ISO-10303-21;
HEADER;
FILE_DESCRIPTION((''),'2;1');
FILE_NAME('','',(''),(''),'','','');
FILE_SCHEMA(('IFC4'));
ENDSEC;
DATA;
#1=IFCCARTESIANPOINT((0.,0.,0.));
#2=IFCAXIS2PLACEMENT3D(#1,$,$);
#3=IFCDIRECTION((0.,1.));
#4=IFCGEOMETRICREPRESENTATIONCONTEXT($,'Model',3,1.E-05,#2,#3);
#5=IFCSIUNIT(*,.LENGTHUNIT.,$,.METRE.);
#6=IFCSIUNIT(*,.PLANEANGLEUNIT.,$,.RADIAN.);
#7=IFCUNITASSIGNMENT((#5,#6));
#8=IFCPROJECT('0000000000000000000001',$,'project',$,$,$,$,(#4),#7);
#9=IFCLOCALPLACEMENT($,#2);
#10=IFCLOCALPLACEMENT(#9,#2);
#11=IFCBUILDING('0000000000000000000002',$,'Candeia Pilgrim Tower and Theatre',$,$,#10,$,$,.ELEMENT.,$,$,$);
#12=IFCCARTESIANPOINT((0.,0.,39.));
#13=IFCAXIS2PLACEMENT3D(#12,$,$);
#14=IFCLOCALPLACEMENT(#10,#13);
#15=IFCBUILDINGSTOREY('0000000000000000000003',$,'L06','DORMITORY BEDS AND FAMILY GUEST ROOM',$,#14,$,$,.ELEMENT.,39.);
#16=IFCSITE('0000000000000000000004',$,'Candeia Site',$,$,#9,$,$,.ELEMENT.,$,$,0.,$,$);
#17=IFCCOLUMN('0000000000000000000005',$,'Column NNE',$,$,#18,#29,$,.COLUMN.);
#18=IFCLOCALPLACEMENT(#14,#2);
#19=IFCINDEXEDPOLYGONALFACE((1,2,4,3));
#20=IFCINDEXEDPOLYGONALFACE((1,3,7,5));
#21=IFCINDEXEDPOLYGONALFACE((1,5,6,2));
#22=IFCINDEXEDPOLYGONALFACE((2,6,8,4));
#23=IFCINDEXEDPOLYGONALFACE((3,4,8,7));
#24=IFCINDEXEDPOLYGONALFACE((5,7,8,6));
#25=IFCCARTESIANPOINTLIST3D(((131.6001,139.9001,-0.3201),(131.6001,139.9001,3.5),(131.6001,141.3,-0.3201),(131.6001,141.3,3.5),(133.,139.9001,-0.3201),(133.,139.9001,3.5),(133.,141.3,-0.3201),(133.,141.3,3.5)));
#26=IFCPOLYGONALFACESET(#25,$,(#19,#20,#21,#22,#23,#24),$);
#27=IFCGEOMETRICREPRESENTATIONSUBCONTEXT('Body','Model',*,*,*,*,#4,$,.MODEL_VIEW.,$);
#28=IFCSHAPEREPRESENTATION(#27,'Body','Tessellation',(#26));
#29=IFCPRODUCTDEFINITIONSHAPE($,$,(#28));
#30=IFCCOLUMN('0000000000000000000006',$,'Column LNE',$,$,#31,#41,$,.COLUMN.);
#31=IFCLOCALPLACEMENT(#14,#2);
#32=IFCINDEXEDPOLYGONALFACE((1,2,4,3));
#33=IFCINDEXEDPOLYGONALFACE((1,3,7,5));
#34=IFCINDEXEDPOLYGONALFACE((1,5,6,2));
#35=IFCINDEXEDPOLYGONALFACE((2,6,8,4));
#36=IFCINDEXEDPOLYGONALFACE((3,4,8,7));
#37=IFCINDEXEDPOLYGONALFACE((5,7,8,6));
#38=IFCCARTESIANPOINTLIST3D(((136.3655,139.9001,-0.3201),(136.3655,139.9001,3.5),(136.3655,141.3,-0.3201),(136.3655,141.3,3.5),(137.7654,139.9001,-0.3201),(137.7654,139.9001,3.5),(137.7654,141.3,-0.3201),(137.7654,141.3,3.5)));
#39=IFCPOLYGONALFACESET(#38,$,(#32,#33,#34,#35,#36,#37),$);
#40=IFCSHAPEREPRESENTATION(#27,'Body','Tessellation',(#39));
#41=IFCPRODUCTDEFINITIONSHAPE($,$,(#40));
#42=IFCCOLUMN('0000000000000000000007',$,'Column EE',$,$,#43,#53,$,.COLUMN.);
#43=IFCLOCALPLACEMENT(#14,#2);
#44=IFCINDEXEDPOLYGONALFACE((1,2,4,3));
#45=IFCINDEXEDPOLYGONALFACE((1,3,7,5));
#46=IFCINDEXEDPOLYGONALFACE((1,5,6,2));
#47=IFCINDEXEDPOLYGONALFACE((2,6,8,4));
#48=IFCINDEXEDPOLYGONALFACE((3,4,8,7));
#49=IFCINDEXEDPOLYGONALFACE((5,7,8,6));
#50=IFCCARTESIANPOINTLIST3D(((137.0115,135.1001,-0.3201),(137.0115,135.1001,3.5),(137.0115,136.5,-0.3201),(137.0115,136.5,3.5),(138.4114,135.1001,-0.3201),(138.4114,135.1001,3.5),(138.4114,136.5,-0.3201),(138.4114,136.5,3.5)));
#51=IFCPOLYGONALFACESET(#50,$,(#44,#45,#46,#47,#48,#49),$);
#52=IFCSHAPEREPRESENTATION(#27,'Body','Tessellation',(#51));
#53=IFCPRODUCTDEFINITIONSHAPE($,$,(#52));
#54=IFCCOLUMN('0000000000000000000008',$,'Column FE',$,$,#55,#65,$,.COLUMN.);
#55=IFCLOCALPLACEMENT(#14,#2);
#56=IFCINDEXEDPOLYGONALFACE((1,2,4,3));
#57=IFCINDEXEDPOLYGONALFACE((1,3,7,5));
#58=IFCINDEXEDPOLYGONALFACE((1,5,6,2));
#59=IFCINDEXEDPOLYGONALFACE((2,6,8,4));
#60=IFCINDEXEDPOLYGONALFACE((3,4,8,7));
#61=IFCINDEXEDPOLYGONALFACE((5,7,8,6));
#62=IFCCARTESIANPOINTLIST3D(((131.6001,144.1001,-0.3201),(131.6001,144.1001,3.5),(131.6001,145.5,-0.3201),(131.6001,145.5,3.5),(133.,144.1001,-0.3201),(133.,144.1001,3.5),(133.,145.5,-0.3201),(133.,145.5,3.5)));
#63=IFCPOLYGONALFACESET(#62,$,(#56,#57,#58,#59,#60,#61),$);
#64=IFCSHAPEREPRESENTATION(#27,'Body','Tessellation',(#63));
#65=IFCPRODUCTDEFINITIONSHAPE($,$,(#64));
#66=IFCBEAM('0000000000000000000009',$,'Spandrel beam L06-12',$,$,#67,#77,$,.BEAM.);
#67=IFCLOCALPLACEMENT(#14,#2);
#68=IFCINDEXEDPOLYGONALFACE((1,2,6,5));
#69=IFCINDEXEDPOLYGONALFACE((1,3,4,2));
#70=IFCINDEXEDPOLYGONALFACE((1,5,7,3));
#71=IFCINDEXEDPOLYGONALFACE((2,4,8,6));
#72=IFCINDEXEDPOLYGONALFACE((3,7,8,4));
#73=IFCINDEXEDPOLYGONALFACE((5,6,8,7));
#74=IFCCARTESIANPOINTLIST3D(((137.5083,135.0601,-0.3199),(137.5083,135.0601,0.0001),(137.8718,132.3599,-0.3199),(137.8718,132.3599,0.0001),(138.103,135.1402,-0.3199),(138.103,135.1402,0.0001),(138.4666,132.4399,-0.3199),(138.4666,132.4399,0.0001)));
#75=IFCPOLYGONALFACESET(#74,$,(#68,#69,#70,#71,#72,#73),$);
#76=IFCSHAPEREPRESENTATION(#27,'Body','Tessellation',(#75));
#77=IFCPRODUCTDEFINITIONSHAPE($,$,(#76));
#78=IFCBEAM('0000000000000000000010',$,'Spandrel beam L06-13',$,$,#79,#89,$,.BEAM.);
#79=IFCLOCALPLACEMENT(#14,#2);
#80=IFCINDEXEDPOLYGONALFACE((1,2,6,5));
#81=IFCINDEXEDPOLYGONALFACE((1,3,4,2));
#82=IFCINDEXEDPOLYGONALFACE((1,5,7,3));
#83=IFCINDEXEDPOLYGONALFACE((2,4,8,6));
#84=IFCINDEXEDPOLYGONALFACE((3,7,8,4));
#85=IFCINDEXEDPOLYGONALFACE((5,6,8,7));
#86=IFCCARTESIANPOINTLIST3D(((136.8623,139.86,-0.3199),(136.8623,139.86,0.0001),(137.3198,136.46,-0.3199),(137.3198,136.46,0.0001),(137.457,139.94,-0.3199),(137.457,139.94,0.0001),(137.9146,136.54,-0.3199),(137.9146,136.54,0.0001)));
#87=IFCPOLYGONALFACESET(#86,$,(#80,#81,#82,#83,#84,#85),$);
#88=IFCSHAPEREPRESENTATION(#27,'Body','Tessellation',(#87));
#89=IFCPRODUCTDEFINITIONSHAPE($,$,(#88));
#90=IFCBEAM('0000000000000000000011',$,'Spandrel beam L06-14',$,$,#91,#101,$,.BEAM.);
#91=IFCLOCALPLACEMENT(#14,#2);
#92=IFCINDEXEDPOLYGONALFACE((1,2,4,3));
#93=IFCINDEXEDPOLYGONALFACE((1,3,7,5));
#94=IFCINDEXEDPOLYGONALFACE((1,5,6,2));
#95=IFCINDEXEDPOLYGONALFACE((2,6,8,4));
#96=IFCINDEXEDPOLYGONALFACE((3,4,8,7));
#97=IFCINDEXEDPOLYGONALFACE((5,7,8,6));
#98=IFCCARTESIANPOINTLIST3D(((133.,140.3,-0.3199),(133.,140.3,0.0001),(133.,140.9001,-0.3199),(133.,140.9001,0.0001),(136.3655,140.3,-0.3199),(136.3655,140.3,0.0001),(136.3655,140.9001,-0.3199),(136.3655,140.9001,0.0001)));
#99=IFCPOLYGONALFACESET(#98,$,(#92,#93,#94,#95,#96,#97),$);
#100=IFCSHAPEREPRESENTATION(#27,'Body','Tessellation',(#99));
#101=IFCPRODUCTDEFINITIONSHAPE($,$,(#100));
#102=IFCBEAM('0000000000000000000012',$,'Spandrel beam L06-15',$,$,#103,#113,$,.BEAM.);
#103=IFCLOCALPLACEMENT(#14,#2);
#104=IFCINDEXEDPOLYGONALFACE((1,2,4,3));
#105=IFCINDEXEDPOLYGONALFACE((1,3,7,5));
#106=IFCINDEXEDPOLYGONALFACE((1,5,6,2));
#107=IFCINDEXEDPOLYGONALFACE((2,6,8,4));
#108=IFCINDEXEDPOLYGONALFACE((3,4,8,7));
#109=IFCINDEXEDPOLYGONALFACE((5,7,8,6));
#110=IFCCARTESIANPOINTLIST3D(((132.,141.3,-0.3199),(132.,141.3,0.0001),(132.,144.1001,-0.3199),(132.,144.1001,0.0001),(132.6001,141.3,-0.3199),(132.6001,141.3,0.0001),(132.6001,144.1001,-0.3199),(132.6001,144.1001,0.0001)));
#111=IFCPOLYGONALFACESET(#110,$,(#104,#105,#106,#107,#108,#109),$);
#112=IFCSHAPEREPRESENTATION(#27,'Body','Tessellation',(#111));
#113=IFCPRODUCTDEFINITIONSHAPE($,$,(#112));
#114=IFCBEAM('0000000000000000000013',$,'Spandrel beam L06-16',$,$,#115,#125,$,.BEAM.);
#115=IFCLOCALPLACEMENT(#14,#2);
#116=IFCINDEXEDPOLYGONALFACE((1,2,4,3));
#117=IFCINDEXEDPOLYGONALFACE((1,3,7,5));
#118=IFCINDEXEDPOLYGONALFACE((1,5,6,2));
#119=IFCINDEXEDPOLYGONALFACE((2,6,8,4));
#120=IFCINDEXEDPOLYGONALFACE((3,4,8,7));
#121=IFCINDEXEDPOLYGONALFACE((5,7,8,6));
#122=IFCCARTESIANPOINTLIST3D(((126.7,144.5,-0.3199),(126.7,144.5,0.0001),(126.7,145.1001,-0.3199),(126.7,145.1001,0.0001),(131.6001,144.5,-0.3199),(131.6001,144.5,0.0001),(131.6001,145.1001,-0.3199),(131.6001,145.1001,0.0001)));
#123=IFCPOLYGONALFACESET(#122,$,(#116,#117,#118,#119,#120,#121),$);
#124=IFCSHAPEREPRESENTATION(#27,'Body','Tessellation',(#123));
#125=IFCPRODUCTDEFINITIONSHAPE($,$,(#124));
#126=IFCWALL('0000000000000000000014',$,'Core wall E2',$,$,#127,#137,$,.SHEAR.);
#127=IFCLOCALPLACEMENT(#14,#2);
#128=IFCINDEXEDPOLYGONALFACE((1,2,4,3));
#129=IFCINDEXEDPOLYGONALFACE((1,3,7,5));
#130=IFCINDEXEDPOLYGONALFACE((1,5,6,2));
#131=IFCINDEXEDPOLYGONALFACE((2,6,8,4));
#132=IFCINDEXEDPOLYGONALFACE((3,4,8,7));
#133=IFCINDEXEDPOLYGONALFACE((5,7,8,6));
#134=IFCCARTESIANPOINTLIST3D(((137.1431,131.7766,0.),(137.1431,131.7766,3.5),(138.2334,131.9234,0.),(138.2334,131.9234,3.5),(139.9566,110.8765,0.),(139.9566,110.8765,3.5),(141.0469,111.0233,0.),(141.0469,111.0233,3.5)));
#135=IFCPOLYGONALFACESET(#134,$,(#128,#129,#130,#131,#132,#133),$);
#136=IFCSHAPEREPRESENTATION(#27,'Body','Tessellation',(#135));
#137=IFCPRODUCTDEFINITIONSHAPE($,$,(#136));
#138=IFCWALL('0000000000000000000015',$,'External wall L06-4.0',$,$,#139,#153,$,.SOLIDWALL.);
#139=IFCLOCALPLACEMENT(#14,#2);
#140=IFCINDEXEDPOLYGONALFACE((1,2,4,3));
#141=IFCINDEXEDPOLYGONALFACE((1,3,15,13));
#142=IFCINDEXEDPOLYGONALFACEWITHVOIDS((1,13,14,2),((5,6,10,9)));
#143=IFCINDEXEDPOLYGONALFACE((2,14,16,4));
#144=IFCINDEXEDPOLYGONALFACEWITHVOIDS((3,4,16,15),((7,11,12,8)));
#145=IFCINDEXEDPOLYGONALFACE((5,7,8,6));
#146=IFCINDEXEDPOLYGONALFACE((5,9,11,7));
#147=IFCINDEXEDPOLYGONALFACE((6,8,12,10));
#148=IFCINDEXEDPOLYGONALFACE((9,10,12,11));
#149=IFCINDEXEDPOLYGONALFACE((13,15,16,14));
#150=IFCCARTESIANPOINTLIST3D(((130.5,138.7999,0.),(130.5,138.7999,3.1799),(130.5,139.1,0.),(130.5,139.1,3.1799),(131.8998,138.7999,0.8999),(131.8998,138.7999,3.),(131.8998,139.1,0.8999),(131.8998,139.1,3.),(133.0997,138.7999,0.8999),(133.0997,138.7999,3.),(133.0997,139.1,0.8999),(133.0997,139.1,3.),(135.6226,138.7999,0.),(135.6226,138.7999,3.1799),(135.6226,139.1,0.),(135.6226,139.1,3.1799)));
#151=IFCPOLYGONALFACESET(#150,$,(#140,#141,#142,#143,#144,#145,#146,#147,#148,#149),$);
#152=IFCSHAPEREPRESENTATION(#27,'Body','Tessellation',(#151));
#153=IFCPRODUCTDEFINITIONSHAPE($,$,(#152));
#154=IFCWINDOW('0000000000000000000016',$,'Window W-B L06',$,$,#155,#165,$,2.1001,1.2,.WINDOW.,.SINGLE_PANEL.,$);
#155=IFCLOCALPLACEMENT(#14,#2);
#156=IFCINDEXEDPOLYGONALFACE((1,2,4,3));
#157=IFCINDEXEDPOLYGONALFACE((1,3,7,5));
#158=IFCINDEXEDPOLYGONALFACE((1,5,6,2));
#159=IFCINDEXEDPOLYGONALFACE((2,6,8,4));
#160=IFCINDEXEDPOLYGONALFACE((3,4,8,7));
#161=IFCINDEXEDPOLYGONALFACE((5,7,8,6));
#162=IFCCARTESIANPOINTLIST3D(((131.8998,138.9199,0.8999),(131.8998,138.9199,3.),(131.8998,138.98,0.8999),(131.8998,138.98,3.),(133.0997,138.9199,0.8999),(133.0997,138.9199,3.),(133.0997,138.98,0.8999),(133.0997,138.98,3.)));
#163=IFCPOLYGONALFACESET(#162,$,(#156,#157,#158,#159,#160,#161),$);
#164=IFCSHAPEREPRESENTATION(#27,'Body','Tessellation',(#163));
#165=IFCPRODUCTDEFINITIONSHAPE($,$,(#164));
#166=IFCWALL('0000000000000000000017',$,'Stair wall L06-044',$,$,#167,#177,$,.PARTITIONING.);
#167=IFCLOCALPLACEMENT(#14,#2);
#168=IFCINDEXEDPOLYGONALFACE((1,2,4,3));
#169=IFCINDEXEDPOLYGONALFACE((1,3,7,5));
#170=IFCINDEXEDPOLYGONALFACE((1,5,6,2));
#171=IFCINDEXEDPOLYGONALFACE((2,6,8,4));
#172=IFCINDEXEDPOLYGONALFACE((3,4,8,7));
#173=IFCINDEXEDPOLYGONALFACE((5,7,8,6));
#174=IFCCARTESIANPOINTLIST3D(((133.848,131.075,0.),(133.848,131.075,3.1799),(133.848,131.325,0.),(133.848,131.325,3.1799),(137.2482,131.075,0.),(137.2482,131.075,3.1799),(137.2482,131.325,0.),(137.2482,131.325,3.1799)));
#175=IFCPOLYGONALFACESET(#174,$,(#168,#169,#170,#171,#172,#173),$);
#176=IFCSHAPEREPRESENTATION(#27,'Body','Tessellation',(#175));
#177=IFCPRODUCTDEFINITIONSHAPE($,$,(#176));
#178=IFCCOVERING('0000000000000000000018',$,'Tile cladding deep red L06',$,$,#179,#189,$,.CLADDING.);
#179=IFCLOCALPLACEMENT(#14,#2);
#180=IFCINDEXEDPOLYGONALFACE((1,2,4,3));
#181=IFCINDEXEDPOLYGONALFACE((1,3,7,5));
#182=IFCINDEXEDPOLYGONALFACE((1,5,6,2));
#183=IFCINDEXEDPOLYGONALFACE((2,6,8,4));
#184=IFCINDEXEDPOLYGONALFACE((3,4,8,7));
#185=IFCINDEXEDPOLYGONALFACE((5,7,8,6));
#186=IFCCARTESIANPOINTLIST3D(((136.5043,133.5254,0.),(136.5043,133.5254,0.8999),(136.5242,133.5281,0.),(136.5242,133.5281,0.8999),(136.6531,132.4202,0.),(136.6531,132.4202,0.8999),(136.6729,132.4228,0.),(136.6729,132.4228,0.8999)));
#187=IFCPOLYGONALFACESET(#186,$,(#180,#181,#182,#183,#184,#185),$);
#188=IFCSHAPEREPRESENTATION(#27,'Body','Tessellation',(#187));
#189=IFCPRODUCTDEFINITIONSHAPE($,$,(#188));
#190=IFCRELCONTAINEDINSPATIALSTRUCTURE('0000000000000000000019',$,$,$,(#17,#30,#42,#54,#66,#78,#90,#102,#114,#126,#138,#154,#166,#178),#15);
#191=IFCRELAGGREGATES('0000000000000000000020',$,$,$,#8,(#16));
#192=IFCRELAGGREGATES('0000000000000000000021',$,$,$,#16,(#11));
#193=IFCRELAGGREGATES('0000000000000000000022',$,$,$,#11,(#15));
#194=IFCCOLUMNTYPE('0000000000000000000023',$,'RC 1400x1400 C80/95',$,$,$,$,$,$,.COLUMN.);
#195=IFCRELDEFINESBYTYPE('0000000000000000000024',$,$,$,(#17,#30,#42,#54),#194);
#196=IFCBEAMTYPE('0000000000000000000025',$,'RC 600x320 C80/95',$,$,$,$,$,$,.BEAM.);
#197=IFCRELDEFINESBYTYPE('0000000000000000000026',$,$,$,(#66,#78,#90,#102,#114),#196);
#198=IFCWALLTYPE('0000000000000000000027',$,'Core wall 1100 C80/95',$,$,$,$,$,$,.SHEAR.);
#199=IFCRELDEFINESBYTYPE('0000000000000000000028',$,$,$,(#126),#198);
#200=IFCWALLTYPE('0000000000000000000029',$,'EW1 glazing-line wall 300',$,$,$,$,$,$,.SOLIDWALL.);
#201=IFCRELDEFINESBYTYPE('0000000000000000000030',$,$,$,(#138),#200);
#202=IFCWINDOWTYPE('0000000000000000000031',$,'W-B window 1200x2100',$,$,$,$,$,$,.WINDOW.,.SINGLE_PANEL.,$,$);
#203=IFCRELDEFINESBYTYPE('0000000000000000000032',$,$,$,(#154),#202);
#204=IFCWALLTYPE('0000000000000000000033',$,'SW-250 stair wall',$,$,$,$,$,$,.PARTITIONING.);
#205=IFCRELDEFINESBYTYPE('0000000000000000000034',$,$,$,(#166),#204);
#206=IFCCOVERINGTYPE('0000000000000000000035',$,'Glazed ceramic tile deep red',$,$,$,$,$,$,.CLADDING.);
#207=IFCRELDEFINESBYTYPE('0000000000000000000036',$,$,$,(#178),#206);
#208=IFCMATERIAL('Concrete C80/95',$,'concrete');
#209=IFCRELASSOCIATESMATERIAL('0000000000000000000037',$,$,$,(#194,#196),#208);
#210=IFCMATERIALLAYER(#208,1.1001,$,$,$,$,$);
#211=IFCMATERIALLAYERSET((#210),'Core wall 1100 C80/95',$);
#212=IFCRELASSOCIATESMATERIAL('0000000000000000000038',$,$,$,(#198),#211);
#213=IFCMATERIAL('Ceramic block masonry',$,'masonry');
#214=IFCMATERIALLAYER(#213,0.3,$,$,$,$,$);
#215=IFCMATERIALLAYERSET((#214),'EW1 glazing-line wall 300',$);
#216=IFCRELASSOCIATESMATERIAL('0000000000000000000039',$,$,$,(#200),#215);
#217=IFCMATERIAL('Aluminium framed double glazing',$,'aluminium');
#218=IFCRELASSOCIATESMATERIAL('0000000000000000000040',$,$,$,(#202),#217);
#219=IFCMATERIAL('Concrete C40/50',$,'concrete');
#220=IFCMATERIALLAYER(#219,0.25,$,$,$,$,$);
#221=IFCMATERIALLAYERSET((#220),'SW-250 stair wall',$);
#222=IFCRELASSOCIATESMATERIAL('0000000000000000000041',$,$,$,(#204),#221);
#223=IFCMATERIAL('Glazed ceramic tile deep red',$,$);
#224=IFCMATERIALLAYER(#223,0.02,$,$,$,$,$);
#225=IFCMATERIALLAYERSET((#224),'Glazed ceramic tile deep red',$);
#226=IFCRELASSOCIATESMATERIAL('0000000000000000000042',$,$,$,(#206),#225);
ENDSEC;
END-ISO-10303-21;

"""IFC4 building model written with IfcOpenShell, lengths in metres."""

from ifc_helpers import new_model, si_unit, direction, frame, frame_2d, origin, origin_2d, place, context, subcontext, project, spatial, rectangle, extrude, material, layer, layer_set, material_profile, profile_set, type_object, element, fill, save


model = new_model("IFC4")

# Units and contexts
model_context = context("Model", 3, precision=1e-05, world=origin(), true_north=direction((0.0, 1.0)))
body_context = subcontext(model_context, "Body", "Model", "MODEL_VIEW")
ifc_project = project(units=[si_unit("LENGTHUNIT", "METRE"), si_unit("PLANEANGLEUNIT", "RADIAN")], contexts=[model_context])

# Site, building, storey
site_placement = place(None, origin())
site = spatial("IfcSite", under=ifc_project, at=site_placement, Name="Candeia Site", CompositionType="ELEMENT", RefElevation=0.0)
building_placement = place(site_placement, origin())
building = spatial("IfcBuilding", under=site, at=building_placement, Name="Candeia Pilgrim Tower and Theatre", CompositionType="ELEMENT")
storey_placement = place(building_placement, frame((0.0, 0.0, 39.0)))
storey = spatial("IfcBuildingStorey", under=building, at=storey_placement, Name="L06", Description="DORMITORY BEDS AND FAMILY GUEST ROOM", CompositionType="ELEMENT", Elevation=39.0)

# Columns
ifc_material_1 = material(Name="Concrete C80/95", Category="concrete")
ifc_material_profile_1 = material_profile(ifc_material_1, rectangle(XDim=1.3999, YDim=1.3999, at=origin_2d()))
ifc_profile_set_1 = profile_set([ifc_material_profile_1], Name="Concrete C80/95")
column_type = type_object("IfcColumnType", Name="RC 1400x1400 C80/95", PredefinedType="COLUMN", material=ifc_profile_set_1)
for number, where, z_axis, x_axis, name in (
    (1, (132.3, 140.6001, -0.3201), (0.0, 0.0, 1.0), (1.0, 0.0, 0.0), "Column NNE"),
    (2, (137.0654, 140.6001, -0.3201), (0.0, 0.0, 1.0), (1.0, 0.0, 0.0), "Column LNE"),
    (3, (137.7114, 135.8, -0.3201), (0.0, 0.0, 1.0), (1.0, 0.0, 0.0), "Column EE"),
    (4, (132.3, 144.8, -0.3201), (0.0, 0.0, 1.0), (1.0, 0.0, 0.0), "Column FE"),
):
    element("IfcColumn", number, at=place(storey_placement, frame(where, z_axis=z_axis, x_axis=x_axis)), inside=storey, type_object=column_type, Name=name, PredefinedType="COLUMN", context=body_context, shape_type="SweptSolid", body=[
        extrude(rectangle(XDim=1.3999, YDim=1.3999, at=origin_2d()), origin(), (0.0, 0.0, 1.0), 3.8201),
    ])

# Beams
ifc_material_profile_2 = material_profile(ifc_material_1, rectangle(XDim=0.6001, YDim=0.3201, at=origin_2d()))
ifc_profile_set_2 = profile_set([ifc_material_profile_2], Name="Concrete C80/95")
beam_type = type_object("IfcBeamType", Name="RC 600x320 C80/95", PredefinedType="BEAM", material=ifc_profile_set_2)
beam_1_placement = place(storey_placement, frame((138.1692, 132.3999, -0.1599), z_axis=(-0.133426, 0.991059, 0.0), x_axis=(-0.991059, -0.133426, 0.0)))
element("IfcBeam", 5, at=beam_1_placement, inside=storey, type_object=beam_type, Name="Spandrel beam L06-12", PredefinedType="BEAM", context=body_context, shape_type="SweptSolid", body=[
    extrude(rectangle(XDim=0.6001, YDim=0.3201, at=origin_2d()), origin(), (0.0, 0.0, 1.0), 2.7246),
])
beam_2_placement = place(storey_placement, frame((137.6172, 136.5, -0.1599), z_axis=(-0.133366, 0.991067, 0.0), x_axis=(-0.991067, -0.133366, 0.0)))
element("IfcBeam", 6, at=beam_2_placement, inside=storey, type_object=beam_type, Name="Spandrel beam L06-13", PredefinedType="BEAM", context=body_context, shape_type="SweptSolid", body=[
    extrude(rectangle(XDim=0.6001, YDim=0.3201, at=origin_2d()), origin(), (0.0, 0.0, 1.0), 3.4307),
])
beam_3_placement = place(storey_placement, frame((136.3655, 140.6001, -0.1599), z_axis=(-1.0, 0.0, 0.0), x_axis=(0.0, -1.0, 0.0)))
element("IfcBeam", 7, at=beam_3_placement, inside=storey, type_object=beam_type, Name="Spandrel beam L06-14", PredefinedType="BEAM", context=body_context, shape_type="SweptSolid", body=[
    extrude(rectangle(XDim=0.6001, YDim=0.3201, at=origin_2d()), origin(), (0.0, 0.0, 1.0), 3.3655),
])
beam_4_placement = place(storey_placement, frame((132.3, 141.3, -0.1599), z_axis=(0.0, 1.0, 0.0), x_axis=(-1.0, 0.0, 0.0)))
element("IfcBeam", 8, at=beam_4_placement, inside=storey, type_object=beam_type, Name="Spandrel beam L06-15", PredefinedType="BEAM", context=body_context, shape_type="SweptSolid", body=[
    extrude(rectangle(XDim=0.6001, YDim=0.3201, at=origin_2d()), origin(), (0.0, 0.0, 1.0), 2.8),
])
beam_5_placement = place(storey_placement, frame((131.6001, 144.8, -0.1599), z_axis=(-1.0, 0.0, 0.0), x_axis=(0.0, -1.0, 0.0)))
element("IfcBeam", 9, at=beam_5_placement, inside=storey, type_object=beam_type, Name="Spandrel beam L06-16", PredefinedType="BEAM", context=body_context, shape_type="SweptSolid", body=[
    extrude(rectangle(XDim=0.6001, YDim=0.3201, at=origin_2d()), origin(), (0.0, 0.0, 1.0), 4.9001),
])

# Wall
ifc_layer_1 = layer(ifc_material_1, 1.1001)
ifc_layer_set_1 = layer_set([ifc_layer_1], Name="Core wall 1100 C80/95")
wall_type_1 = type_object("IfcWallType", Name="Core wall 1100 C80/95", PredefinedType="SHEAR", material=ifc_layer_set_1)
wall_1_placement = place(storey_placement, frame((137.6882, 131.8501, 0.0), z_axis=(0.0, 0.0, 1.0), x_axis=(0.133412, -0.991061, 0.0)))
element("IfcWall", 10, at=wall_1_placement, inside=storey, type_object=wall_type_1, Name="Core wall E2", PredefinedType="SHEAR", context=body_context, shape_type="SweptSolid", body=[
    extrude(rectangle(XDim=21.0886, YDim=1.1001, at=frame_2d((10.5444, 0.0))), origin(), (0.0, 0.0, 1.0), 3.5),
])

# Shared definitions
ifc_material_2 = material(Name="Ceramic block masonry", Category="masonry")
ifc_layer_2 = layer(ifc_material_2, 0.3)
ifc_layer_set_2 = layer_set([ifc_layer_2], Name="EW1 glazing-line wall 300")
wall_type_2 = type_object("IfcWallType", Name="EW1 glazing-line wall 300", PredefinedType="SOLIDWALL", material=ifc_layer_set_2)
ifc_material_3 = material(Name="Aluminium framed double glazing", Category="aluminium")

# Wall, opening, window
wall_2_placement = place(storey_placement, frame((135.6226, 138.95, 0.0), z_axis=(0.0, 0.0, 1.0), x_axis=(-1.0, 0.0, 0.0)))
wall_2 = element("IfcWall", 11, at=wall_2_placement, inside=storey, type_object=wall_type_2, Name="External wall L06-4.0", PredefinedType="SOLIDWALL", context=body_context, shape_type="SweptSolid", body=[
    extrude(rectangle(XDim=5.1226, YDim=0.3, at=frame_2d((2.5613, 0.0))), origin(), (0.0, 0.0, 1.0), 3.1799),
])
opening_1_placement = place(wall_2_placement, frame((2.5227, 0.0, 0.8999)))
opening_1 = element("IfcOpeningElement", 12, at=opening_1_placement, cuts=wall_2, PredefinedType="OPENING", context=body_context, shape_type="SweptSolid", body=[
    extrude(rectangle(XDim=1.2, YDim=2.1001, at=frame_2d((0.6001, 1.05))), frame((0.0, 0.1602, 0.0), z_axis=(0.0, -1.0, 0.0), x_axis=(1.0, 0.0, 0.0)), (0.0, 0.0, 1.0), 0.3201),
])
window_type_1 = type_object("IfcWindowType", Name="W-B window 1200x2100", PartitioningType="SINGLE_PANEL", PredefinedType="WINDOW", material=ifc_material_3)
window_1_placement = place(opening_1_placement, origin())
window_1 = element("IfcWindow", 13, at=window_1_placement, inside=storey, type_object=window_type_1, Name="Window W-B L06", OverallHeight=2.1001, OverallWidth=1.2, PartitioningType="SINGLE_PANEL", PredefinedType="WINDOW", context=body_context, shape_type="SweptSolid", body=[
    extrude(rectangle(XDim=1.2, YDim=2.1001, at=frame_2d((0.6001, 1.05))), frame((0.0, 0.03, 0.0), z_axis=(0.0, -1.0, 0.0), x_axis=(1.0, 0.0, 0.0)), (0.0, 0.0, 1.0), 0.0601),
])
fill(opening_1, window_1)

# Wall
ifc_material_4 = material(Name="Concrete C40/50", Category="concrete")
ifc_layer_3 = layer(ifc_material_4, 0.25)
ifc_layer_set_3 = layer_set([ifc_layer_3], Name="SW-250 stair wall")
wall_type_3 = type_object("IfcWallType", Name="SW-250 stair wall", PredefinedType="PARTITIONING", material=ifc_layer_set_3)
wall_3_placement = place(storey_placement, frame((133.8479, 131.2, 0.0), z_axis=(0.0, 0.0, 1.0), x_axis=(1.0, 0.0, 0.0)))
element("IfcWall", 14, at=wall_3_placement, inside=storey, type_object=wall_type_3, Name="Stair wall L06-044", PredefinedType="PARTITIONING", context=body_context, shape_type="SweptSolid", body=[
    extrude(rectangle(XDim=3.4001, YDim=0.25, at=frame_2d((1.7002, 0.0))), origin(), (0.0, 0.0, 1.0), 3.1799),
])

# Covering
ifc_material_5 = material(Name="Glazed ceramic tile deep red")
ifc_layer_4 = layer(ifc_material_5, 0.02)
ifc_layer_set_4 = layer_set([ifc_layer_4], Name="Glazed ceramic tile deep red")
covering_type = type_object("IfcCoveringType", Name="Glazed ceramic tile deep red", PredefinedType="CLADDING", material=ifc_layer_set_4)
covering_1_placement = place(storey_placement, frame((136.5886, 132.9741, 0.0), z_axis=(0.0, 0.0, 1.0), x_axis=(-0.133412, 0.991061, 0.0)))
element("IfcCovering", 15, at=covering_1_placement, inside=storey, type_object=covering_type, Name="Tile cladding deep red L06", PredefinedType="CLADDING", context=body_context, shape_type="SweptSolid", body=[
    extrude(rectangle(XDim=1.1152, YDim=0.02, at=origin_2d()), origin(), (0.0, 0.0, 1.0), 0.8999),
])

save(model, "model.ifc")
